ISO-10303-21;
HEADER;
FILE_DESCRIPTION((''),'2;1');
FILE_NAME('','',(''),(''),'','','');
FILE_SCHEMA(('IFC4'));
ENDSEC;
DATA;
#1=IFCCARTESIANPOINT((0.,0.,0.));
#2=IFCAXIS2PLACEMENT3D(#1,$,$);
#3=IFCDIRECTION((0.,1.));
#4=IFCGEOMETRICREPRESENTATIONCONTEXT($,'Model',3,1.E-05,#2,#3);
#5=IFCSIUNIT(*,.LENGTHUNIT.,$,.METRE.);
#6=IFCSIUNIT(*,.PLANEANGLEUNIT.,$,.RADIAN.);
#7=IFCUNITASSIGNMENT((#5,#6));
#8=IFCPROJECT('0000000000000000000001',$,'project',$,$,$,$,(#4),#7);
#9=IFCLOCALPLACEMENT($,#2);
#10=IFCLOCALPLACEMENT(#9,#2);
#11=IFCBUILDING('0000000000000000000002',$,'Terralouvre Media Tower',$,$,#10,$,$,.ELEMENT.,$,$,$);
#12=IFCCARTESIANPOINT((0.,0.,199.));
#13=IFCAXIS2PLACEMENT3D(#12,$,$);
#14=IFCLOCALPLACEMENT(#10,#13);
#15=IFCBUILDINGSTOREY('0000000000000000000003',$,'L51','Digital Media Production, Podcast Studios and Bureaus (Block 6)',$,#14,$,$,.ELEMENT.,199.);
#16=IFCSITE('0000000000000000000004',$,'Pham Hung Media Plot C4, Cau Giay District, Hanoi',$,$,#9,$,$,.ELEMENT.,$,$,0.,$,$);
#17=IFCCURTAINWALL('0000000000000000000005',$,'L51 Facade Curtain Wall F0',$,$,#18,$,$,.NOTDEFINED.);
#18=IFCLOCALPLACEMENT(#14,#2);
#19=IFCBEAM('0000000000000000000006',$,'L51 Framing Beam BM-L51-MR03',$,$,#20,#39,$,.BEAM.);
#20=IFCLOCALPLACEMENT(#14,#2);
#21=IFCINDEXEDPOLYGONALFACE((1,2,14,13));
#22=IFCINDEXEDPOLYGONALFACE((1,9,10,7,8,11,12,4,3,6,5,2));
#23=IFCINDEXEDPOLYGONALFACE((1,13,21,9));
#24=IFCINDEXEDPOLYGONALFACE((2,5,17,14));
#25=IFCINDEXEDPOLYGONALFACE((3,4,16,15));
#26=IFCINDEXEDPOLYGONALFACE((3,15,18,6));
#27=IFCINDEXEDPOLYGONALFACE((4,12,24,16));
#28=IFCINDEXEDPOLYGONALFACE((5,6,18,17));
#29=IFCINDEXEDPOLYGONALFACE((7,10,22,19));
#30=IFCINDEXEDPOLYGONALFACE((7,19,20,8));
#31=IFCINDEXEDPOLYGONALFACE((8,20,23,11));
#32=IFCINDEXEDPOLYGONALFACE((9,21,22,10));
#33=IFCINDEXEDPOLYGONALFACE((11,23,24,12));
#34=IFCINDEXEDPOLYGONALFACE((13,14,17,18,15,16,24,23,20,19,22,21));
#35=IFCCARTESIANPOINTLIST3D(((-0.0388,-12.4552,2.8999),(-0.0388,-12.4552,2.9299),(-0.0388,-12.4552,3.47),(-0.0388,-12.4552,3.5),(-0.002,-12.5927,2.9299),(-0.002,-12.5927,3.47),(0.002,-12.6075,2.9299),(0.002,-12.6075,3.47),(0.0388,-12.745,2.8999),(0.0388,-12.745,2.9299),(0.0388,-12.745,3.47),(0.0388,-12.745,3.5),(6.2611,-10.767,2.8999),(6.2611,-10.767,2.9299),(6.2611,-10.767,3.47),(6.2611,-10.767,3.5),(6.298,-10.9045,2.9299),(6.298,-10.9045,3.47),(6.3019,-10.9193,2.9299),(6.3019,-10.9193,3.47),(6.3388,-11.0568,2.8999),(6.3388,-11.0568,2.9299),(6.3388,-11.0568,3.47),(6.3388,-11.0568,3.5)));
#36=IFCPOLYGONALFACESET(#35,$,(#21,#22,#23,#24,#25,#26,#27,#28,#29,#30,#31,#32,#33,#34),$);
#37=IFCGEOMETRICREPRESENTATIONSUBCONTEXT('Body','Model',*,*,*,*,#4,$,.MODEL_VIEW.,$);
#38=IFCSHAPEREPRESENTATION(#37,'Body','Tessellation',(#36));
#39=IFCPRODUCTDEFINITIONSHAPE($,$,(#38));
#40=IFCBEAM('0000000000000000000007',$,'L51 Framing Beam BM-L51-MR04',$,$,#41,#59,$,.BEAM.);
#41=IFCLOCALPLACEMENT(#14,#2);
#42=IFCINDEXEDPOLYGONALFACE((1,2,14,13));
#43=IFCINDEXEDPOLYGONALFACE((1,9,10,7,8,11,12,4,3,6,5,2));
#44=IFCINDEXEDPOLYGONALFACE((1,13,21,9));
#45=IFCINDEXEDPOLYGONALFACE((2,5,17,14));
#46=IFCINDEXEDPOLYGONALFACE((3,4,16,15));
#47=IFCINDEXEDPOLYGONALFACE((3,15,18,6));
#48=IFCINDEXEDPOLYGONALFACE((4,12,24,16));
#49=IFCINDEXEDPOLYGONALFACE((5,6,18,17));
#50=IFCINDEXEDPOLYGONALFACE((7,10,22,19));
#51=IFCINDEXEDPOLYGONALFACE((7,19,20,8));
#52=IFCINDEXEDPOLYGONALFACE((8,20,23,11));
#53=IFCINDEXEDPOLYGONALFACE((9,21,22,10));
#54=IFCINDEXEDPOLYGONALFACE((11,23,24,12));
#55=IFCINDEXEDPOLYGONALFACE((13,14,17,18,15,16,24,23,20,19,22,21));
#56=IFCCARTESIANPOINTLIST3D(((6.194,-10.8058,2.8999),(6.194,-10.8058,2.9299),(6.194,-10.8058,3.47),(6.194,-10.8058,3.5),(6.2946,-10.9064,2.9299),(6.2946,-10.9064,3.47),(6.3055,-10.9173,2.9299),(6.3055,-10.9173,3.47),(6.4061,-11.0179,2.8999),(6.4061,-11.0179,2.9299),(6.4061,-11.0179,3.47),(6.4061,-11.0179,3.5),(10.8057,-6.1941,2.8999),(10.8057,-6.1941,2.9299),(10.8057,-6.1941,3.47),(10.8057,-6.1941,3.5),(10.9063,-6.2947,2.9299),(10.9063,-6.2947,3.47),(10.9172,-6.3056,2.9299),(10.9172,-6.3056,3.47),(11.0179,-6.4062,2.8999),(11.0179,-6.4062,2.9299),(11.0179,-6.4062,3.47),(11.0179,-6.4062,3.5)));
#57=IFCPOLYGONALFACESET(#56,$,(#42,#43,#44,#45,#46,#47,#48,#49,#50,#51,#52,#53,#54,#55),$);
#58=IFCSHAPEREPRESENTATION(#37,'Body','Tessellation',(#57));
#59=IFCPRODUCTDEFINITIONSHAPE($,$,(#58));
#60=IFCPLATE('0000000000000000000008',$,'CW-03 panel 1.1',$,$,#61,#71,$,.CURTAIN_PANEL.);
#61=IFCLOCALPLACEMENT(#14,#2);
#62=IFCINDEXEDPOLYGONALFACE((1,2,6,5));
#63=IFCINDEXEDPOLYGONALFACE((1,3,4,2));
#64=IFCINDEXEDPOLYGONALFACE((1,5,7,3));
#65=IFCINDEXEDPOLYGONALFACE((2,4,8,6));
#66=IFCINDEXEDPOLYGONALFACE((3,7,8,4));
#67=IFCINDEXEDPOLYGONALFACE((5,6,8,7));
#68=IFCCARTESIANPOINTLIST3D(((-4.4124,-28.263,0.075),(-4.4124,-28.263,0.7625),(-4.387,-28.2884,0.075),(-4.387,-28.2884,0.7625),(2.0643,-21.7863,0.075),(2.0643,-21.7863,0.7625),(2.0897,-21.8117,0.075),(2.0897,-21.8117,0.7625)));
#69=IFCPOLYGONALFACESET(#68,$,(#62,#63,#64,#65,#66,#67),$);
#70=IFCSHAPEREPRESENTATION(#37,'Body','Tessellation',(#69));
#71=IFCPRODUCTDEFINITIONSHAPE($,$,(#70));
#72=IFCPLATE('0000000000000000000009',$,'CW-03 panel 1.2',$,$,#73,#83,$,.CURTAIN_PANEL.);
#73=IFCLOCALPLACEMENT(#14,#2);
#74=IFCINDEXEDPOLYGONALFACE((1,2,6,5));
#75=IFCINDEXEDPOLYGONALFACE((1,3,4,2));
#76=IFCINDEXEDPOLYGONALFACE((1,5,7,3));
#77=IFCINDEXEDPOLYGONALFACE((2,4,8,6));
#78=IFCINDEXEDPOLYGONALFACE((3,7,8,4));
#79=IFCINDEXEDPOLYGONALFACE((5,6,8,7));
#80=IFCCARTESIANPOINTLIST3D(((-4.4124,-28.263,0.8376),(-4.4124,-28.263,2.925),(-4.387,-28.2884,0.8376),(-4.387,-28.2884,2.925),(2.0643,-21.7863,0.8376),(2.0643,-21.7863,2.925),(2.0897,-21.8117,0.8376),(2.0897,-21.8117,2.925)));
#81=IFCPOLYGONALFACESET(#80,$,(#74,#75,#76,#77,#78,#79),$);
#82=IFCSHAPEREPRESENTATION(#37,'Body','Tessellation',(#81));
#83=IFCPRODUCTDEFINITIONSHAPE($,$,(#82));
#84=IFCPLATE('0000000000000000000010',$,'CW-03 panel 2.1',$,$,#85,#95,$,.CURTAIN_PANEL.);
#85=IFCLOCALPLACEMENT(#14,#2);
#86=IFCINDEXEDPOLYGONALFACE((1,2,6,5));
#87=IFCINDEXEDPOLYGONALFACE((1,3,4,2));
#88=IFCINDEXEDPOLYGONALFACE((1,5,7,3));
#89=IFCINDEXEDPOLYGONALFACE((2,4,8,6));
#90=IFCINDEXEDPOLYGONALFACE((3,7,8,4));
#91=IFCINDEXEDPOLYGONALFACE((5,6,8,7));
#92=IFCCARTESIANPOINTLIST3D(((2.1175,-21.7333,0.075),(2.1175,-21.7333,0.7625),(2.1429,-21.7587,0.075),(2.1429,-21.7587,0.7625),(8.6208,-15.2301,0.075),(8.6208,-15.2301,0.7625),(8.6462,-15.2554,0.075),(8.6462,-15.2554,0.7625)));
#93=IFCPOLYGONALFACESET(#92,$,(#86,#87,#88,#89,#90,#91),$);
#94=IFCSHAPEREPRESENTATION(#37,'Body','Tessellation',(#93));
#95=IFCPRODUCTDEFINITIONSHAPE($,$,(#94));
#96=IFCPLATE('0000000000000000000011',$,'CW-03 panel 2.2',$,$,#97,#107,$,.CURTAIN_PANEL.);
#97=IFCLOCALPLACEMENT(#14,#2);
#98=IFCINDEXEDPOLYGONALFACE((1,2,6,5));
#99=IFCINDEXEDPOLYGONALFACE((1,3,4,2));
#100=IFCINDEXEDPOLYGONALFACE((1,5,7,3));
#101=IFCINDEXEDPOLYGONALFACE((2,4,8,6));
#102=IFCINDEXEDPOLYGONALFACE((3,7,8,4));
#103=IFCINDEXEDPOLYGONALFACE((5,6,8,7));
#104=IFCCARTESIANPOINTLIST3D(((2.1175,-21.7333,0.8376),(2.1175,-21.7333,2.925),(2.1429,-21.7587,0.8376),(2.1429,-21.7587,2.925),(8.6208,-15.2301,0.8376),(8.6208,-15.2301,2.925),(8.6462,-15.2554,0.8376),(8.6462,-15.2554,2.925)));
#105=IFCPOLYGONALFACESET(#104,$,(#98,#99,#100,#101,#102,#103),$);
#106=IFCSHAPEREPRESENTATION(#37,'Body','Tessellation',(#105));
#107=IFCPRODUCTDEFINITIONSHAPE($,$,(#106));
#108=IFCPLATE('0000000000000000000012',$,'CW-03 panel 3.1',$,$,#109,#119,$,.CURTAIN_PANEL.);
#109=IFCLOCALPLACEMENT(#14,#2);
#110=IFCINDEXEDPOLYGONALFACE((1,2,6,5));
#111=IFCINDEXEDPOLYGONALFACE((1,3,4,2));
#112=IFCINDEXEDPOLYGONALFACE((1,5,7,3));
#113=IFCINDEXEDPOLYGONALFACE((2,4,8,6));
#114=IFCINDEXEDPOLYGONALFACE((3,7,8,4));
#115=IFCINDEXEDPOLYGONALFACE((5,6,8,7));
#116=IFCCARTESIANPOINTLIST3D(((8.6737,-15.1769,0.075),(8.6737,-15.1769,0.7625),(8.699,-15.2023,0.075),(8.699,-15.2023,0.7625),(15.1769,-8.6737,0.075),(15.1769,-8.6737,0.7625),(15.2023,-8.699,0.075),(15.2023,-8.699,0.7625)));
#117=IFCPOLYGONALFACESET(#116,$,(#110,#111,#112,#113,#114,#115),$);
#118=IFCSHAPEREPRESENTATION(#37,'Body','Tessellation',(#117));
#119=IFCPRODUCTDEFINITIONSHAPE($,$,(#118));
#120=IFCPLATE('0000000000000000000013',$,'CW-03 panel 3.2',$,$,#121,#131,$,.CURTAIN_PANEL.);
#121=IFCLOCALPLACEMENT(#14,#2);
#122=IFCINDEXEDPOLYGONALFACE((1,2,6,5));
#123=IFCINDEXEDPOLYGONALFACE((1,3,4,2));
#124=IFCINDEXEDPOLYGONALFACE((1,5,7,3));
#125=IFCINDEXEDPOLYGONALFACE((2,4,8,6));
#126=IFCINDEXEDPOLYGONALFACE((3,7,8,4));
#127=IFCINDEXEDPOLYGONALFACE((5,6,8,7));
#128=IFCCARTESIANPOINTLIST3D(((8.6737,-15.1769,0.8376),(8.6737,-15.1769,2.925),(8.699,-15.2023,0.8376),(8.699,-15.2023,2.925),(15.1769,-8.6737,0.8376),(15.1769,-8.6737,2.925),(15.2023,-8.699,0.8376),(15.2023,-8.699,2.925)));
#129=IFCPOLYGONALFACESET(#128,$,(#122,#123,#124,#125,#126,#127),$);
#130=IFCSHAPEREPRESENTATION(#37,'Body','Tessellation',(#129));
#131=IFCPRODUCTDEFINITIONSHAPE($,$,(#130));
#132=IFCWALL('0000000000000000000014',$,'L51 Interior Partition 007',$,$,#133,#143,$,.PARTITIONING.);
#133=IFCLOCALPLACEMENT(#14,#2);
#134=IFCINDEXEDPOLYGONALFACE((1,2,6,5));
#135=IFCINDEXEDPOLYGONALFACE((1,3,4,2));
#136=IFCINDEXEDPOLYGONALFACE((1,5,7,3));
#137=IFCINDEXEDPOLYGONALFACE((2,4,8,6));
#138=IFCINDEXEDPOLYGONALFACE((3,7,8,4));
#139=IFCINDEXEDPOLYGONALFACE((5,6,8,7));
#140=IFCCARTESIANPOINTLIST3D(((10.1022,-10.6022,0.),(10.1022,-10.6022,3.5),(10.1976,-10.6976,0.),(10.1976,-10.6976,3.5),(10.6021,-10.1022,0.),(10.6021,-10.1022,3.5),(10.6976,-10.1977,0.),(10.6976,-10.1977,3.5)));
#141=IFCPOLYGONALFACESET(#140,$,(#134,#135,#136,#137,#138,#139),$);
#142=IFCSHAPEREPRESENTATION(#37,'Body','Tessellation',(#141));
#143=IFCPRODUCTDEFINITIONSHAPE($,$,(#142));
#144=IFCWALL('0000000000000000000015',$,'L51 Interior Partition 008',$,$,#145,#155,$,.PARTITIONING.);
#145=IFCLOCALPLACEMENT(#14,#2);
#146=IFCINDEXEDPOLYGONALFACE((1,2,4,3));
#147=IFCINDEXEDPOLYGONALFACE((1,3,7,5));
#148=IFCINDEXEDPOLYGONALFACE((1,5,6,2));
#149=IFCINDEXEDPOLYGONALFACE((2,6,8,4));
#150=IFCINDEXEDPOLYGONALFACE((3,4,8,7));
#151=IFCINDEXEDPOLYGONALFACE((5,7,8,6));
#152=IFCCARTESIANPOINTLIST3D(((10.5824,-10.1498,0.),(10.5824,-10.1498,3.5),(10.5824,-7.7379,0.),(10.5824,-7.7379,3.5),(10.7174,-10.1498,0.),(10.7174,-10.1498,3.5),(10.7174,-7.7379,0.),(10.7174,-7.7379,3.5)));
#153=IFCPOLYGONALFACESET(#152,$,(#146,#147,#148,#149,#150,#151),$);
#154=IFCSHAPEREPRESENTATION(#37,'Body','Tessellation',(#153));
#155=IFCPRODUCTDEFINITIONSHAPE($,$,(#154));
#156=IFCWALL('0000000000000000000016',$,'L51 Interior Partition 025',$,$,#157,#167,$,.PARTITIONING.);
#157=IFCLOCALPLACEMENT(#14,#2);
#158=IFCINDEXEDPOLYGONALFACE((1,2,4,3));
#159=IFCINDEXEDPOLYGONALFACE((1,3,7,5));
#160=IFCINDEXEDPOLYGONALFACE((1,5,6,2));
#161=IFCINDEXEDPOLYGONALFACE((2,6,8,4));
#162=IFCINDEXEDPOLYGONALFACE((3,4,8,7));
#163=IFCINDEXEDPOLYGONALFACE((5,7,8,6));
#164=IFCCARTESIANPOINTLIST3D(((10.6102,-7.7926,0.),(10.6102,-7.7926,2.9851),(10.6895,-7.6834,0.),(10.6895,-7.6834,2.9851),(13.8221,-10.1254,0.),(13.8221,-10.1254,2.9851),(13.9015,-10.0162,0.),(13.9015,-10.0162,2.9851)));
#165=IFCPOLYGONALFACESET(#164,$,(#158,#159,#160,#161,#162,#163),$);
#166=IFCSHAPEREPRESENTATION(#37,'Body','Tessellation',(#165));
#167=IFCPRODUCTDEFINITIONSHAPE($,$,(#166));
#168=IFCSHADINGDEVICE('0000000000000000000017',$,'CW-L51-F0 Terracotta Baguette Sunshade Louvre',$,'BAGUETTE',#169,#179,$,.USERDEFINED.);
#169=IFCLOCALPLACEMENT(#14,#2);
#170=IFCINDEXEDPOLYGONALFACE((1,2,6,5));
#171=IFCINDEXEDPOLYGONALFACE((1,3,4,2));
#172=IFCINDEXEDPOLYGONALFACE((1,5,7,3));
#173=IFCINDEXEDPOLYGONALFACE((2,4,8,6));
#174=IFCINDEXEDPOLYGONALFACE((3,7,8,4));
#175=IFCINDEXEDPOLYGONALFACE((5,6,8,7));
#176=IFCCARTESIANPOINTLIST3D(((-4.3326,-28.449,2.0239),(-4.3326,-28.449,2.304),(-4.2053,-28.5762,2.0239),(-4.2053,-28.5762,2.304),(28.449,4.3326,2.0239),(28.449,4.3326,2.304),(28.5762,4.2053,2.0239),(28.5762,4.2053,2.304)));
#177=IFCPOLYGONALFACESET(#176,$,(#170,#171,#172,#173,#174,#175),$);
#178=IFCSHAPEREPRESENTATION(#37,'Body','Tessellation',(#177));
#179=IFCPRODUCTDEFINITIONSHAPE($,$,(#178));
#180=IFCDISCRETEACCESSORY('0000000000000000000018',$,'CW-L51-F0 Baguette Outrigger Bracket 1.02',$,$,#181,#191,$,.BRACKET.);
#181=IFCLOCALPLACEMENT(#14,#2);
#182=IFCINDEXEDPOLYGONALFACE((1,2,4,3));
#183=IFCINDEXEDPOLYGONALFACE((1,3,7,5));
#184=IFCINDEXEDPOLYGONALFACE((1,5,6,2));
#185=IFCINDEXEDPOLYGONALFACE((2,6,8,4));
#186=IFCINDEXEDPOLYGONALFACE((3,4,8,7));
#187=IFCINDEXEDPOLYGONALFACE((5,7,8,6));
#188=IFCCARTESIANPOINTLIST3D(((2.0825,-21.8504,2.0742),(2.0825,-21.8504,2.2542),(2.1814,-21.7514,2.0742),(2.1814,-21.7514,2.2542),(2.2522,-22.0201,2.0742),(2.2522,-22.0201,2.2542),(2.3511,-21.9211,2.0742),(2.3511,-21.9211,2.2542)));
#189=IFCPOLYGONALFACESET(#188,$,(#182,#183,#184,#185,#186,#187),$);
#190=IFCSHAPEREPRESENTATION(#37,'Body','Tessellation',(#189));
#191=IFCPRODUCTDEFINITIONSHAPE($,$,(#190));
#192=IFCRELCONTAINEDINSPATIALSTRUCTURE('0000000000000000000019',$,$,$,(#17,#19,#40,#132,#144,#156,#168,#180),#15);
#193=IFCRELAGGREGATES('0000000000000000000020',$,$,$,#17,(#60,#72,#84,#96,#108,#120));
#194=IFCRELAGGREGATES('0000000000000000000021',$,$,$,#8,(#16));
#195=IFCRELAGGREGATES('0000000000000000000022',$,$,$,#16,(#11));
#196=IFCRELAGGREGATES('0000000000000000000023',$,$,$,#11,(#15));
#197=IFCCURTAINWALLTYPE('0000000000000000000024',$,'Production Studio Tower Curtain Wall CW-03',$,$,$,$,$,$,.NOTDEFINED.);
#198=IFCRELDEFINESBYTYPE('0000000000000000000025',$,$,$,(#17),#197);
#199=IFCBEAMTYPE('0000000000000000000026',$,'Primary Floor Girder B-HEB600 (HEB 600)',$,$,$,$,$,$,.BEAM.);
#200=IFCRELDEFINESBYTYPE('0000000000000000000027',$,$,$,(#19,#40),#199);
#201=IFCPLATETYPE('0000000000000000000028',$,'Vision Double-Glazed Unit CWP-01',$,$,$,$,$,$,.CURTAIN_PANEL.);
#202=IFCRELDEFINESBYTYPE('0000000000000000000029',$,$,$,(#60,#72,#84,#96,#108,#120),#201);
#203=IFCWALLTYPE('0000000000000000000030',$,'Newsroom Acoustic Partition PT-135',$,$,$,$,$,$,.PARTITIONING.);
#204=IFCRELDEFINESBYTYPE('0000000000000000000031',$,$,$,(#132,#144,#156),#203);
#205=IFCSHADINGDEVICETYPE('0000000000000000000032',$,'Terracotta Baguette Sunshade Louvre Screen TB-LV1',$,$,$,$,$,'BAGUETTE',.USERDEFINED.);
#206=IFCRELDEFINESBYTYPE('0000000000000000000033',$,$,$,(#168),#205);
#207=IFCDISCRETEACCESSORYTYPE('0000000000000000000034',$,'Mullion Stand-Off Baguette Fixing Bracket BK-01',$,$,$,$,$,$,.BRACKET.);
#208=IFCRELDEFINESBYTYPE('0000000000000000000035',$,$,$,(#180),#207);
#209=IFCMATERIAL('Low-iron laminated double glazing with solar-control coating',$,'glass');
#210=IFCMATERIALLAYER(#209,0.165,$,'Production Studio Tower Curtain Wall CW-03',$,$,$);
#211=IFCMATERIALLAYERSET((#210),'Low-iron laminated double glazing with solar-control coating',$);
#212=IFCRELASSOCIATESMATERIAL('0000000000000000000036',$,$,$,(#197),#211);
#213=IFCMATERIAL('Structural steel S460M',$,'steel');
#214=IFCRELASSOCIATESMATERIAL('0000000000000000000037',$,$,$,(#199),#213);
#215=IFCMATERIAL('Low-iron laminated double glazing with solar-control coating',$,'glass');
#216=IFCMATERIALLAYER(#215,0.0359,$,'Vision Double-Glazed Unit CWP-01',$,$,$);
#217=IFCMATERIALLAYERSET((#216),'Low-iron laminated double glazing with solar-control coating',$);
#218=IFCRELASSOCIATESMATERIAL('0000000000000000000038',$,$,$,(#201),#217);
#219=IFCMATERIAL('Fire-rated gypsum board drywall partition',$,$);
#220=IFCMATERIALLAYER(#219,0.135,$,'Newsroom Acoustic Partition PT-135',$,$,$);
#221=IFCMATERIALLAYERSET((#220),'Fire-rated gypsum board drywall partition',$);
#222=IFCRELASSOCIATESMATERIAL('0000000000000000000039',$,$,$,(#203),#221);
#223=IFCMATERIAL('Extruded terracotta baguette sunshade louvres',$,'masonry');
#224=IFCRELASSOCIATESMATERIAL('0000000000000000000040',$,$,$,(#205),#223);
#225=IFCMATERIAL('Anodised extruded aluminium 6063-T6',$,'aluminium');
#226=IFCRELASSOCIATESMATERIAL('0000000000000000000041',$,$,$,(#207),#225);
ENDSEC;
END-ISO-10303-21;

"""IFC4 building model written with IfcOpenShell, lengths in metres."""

from ifc_helpers import new_model, si_unit, direction, frame, frame_2d, origin, origin_2d, place, context, subcontext, project, spatial, rectangle, i_section, extrude, material, layer, layer_set, material_profile, profile_set, type_object, element, aggregate, save


model = new_model("IFC4")

# Units and contexts
model_context = context("Model", 3, precision=1e-05, world=origin(), true_north=direction((0.0, 1.0)))
body_context = subcontext(model_context, "Body", "Model", "MODEL_VIEW")
ifc_project = project(units=[si_unit("LENGTHUNIT", "METRE"), si_unit("PLANEANGLEUNIT", "RADIAN")], contexts=[model_context])

# Site, building, storey
site_placement = place(None, origin())
site = spatial("IfcSite", under=ifc_project, at=site_placement, Name="Pham Hung Media Plot C4, Cau Giay District, Hanoi", CompositionType="ELEMENT", RefElevation=0.0)
building_placement = place(site_placement, origin())
building = spatial("IfcBuilding", under=site, at=building_placement, Name="Terralouvre Media Tower", CompositionType="ELEMENT")
storey_placement = place(building_placement, frame((0.0, 0.0, 199.0)))
storey = spatial("IfcBuildingStorey", under=building, at=storey_placement, Name="L51", Description="Digital Media Production, Podcast Studios and Bureaus (Block 6)", CompositionType="ELEMENT", Elevation=199.0)

# Curtain wall
ifc_material_1 = material(Name="Low-iron laminated double glazing with solar-control coating", Category="glass")
ifc_layer_1 = layer(ifc_material_1, 0.165, Name="Production Studio Tower Curtain Wall CW-03")
ifc_layer_set_1 = layer_set([ifc_layer_1], Name="Low-iron laminated double glazing with solar-control coating")
curtain_wall_type = type_object("IfcCurtainWallType", Name="Production Studio Tower Curtain Wall CW-03", PredefinedType="NOTDEFINED", material=ifc_layer_set_1)
curtain_wall_placement = place(storey_placement, origin())
curtain_wall = element("IfcCurtainWall", 1, at=curtain_wall_placement, inside=storey, type_object=curtain_wall_type, Name="L51 Facade Curtain Wall F0", PredefinedType="NOTDEFINED")

# Beams
ifc_material_2 = material(Name="Structural steel S460M", Category="steel")
ifc_material_profile_1 = material_profile(ifc_material_2, i_section(OverallWidth=0.3, OverallDepth=0.6001, WebThickness=0.0154, FlangeThickness=0.03, at=origin_2d()), Name="HEB 600")
ifc_profile_set_1 = profile_set([ifc_material_profile_1], Name="Structural steel S460M")
beam_type_1 = type_object("IfcBeamType", Name="Primary Floor Girder B-HEB600 (HEB 600)", PredefinedType="BEAM", material=ifc_profile_set_1)
beam_1_placement = place(storey_placement, frame((0.0, -12.6001, 3.2), z_axis=(0.96592, 0.258839, 0.0), x_axis=(-0.258839, 0.96592, 0.0)))
element("IfcBeam", 2, at=beam_1_placement, inside=storey, type_object=beam_type_1, Name="L51 Framing Beam BM-L51-MR03", PredefinedType="BEAM", context=body_context, shape_type="SweptSolid", body=[
    extrude(i_section(OverallWidth=0.3, OverallDepth=0.6001, WebThickness=0.0154, FlangeThickness=0.03, at=origin_2d()), origin(), (0.0, 0.0, 1.0), 6.5222),
])
beam_2_placement = place(storey_placement, frame((6.3, -10.9119, 3.2), z_axis=(0.707107, 0.707107, 0.0), x_axis=(-0.707107, 0.707107, 0.0)))
element("IfcBeam", 3, at=beam_2_placement, inside=storey, type_object=beam_type_1, Name="L51 Framing Beam BM-L51-MR04", PredefinedType="BEAM", context=body_context, shape_type="SweptSolid", body=[
    extrude(i_section(OverallWidth=0.3, OverallDepth=0.6001, WebThickness=0.0154, FlangeThickness=0.03, at=origin_2d()), origin(), (0.0, 0.0, 1.0), 6.522),
])

# Plates
ifc_material_3 = material(Name="Low-iron laminated double glazing with solar-control coating", Category="glass")
ifc_layer_2 = layer(ifc_material_3, 0.0359, Name="Vision Double-Glazed Unit CWP-01")
ifc_layer_set_2 = layer_set([ifc_layer_2], Name="Low-iron laminated double glazing with solar-control coating")
plate_type = type_object("IfcPlateType", Name="Vision Double-Glazed Unit CWP-01", PredefinedType="CURTAIN_PANEL", material=ifc_layer_set_2)
plate_1_placement = place(storey_placement, frame((-1.1614, -25.0374, 0.075), z_axis=(0.0, 0.0, 1.0), x_axis=(0.707107, 0.707107, 0.0)))
plate_1 = element("IfcPlate", 4, at=plate_1_placement, type_object=plate_type, Name="CW-03 panel 1.1", PredefinedType="CURTAIN_PANEL", context=body_context, shape_type="SweptSolid", body=[
    extrude(rectangle(XDim=9.1594, YDim=0.0359, at=origin_2d()), origin(), (0.0, 0.0, 1.0), 0.6875),
])
plate_2_placement = place(storey_placement, frame((-1.1614, -25.0374, 0.8376), z_axis=(0.0, 0.0, 1.0), x_axis=(0.707107, 0.707107, 0.0)))
plate_2 = element("IfcPlate", 5, at=plate_2_placement, type_object=plate_type, Name="CW-03 panel 1.2", PredefinedType="CURTAIN_PANEL", context=body_context, shape_type="SweptSolid", body=[
    extrude(rectangle(XDim=9.1594, YDim=0.0359, at=origin_2d()), origin(), (0.0, 0.0, 1.0), 2.0874),
])
plate_3_placement = place(storey_placement, frame((5.3818, -18.4944, 0.075), z_axis=(0.0, 0.0, 1.0), x_axis=(0.707107, 0.707107, 0.0)))
plate_3 = element("IfcPlate", 6, at=plate_3_placement, type_object=plate_type, Name="CW-03 panel 2.1", PredefinedType="CURTAIN_PANEL", context=body_context, shape_type="SweptSolid", body=[
    extrude(rectangle(XDim=9.197, YDim=0.0359, at=origin_2d()), origin(), (0.0, 0.0, 1.0), 0.6875),
])
plate_4_placement = place(storey_placement, frame((5.3818, -18.4944, 0.8376), z_axis=(0.0, 0.0, 1.0), x_axis=(0.707107, 0.707107, 0.0)))
plate_4 = element("IfcPlate", 7, at=plate_4_placement, type_object=plate_type, Name="CW-03 panel 2.2", PredefinedType="CURTAIN_PANEL", context=body_context, shape_type="SweptSolid", body=[
    extrude(rectangle(XDim=9.197, YDim=0.0359, at=origin_2d()), origin(), (0.0, 0.0, 1.0), 2.0874),
])
plate_5_placement = place(storey_placement, frame((11.938, -11.938, 0.075), z_axis=(0.0, 0.0, 1.0), x_axis=(0.707107, 0.707107, 0.0)))
plate_5 = element("IfcPlate", 8, at=plate_5_placement, type_object=plate_type, Name="CW-03 panel 3.1", PredefinedType="CURTAIN_PANEL", context=body_context, shape_type="SweptSolid", body=[
    extrude(rectangle(XDim=9.197, YDim=0.0359, at=origin_2d()), origin(), (0.0, 0.0, 1.0), 0.6875),
])
plate_6_placement = place(storey_placement, frame((11.938, -11.938, 0.8376), z_axis=(0.0, 0.0, 1.0), x_axis=(0.707107, 0.707107, 0.0)))
plate_6 = element("IfcPlate", 9, at=plate_6_placement, type_object=plate_type, Name="CW-03 panel 3.2", PredefinedType="CURTAIN_PANEL", context=body_context, shape_type="SweptSolid", body=[
    extrude(rectangle(XDim=9.197, YDim=0.0359, at=origin_2d()), origin(), (0.0, 0.0, 1.0), 2.0874),
])
aggregate(curtain_wall, [plate_1, plate_2, plate_3, plate_4, plate_5, plate_6])

# Walls
ifc_material_4 = material(Name="Fire-rated gypsum board drywall partition")
ifc_layer_3 = layer(ifc_material_4, 0.135, Name="Newsroom Acoustic Partition PT-135")
ifc_layer_set_3 = layer_set([ifc_layer_3], Name="Fire-rated gypsum board drywall partition")
wall_type = type_object("IfcWallType", Name="Newsroom Acoustic Partition PT-135", PredefinedType="PARTITIONING", material=ifc_layer_set_3)
wall_1_placement = place(storey_placement, frame((10.1499, -10.6499, 0.0), z_axis=(0.0, 0.0, 1.0), x_axis=(0.707107, 0.707107, 0.0)))
element("IfcWall", 10, at=wall_1_placement, inside=storey, type_object=wall_type, Name="L51 Interior Partition 007", PredefinedType="PARTITIONING", context=body_context, shape_type="SweptSolid", body=[
    extrude(rectangle(XDim=0.707, YDim=0.135, at=frame_2d((0.3535, 0.0))), origin(), (0.0, 0.0, 1.0), 3.5),
])
wall_2_placement = place(storey_placement, frame((10.6499, -10.1499, 0.0), z_axis=(0.0, 0.0, 1.0), x_axis=(0.0, 1.0, 0.0)))
element("IfcWall", 11, at=wall_2_placement, inside=storey, type_object=wall_type, Name="L51 Interior Partition 008", PredefinedType="PARTITIONING", context=body_context, shape_type="SweptSolid", body=[
    extrude(rectangle(XDim=2.4119, YDim=0.135, at=frame_2d((1.2061, 0.0))), origin(), (0.0, 0.0, 1.0), 3.5),
])
wall_3_placement = place(storey_placement, frame((13.8618, -10.0708, 0.0), z_axis=(0.0, 0.0, 1.0), x_axis=(-0.809116, 0.587649, 0.0)))
element("IfcWall", 12, at=wall_3_placement, inside=storey, type_object=wall_type, Name="L51 Interior Partition 025", PredefinedType="PARTITIONING", context=body_context, shape_type="SweptSolid", body=[
    extrude(rectangle(XDim=3.9697, YDim=0.135, at=frame_2d((1.9849, 0.0))), origin(), (0.0, 0.0, 1.0), 2.9851),
])

# Shading device
ifc_material_5 = material(Name="Extruded terracotta baguette sunshade louvres", Category="masonry")
shading_device_type = type_object("IfcShadingDeviceType", Name="Terracotta Baguette Sunshade Louvre Screen TB-LV1", ElementType="BAGUETTE", PredefinedType="USERDEFINED", material=ifc_material_5)
shading_device_placement = place(storey_placement, frame((12.1218, -12.1218, 2.0239), z_axis=(0.0, 0.0, 1.0), x_axis=(0.707107, 0.707107, 0.0)))
element("IfcShadingDevice", 13, at=shading_device_placement, inside=storey, type_object=shading_device_type, Name="CW-L51-F0 Terracotta Baguette Sunshade Louvre", ObjectType="BAGUETTE", PredefinedType="USERDEFINED", context=body_context, shape_type="SweptSolid", body=[
    extrude(rectangle(XDim=46.3601, YDim=0.1799, at=origin_2d()), origin(), (0.0, 0.0, 1.0), 0.28),
])

# Discrete accessory
ifc_material_6 = material(Name="Anodised extruded aluminium 6063-T6", Category="aluminium")
discrete_accessory_type = type_object("IfcDiscreteAccessoryType", Name="Mullion Stand-Off Baguette Fixing Bracket BK-01", PredefinedType="BRACKET", material=ifc_material_6)
for number, where, z_axis, x_axis, name in (
    (14, (2.2168, -21.8857, 2.0742), (0.0, 0.0, 1.0), (0.707107, 0.707107, 0.0), "CW-L51-F0 Baguette Outrigger Bracket 1.02"),
):
    element("IfcDiscreteAccessory", number, at=place(storey_placement, frame(where, z_axis=z_axis, x_axis=x_axis)), inside=storey, type_object=discrete_accessory_type, Name=name, PredefinedType="BRACKET", context=body_context, shape_type="SweptSolid", body=[
        extrude(rectangle(XDim=0.1399, YDim=0.24, at=origin_2d()), origin(), (0.0, 0.0, 1.0), 0.1799),
    ])

save(model, "model.ifc")
